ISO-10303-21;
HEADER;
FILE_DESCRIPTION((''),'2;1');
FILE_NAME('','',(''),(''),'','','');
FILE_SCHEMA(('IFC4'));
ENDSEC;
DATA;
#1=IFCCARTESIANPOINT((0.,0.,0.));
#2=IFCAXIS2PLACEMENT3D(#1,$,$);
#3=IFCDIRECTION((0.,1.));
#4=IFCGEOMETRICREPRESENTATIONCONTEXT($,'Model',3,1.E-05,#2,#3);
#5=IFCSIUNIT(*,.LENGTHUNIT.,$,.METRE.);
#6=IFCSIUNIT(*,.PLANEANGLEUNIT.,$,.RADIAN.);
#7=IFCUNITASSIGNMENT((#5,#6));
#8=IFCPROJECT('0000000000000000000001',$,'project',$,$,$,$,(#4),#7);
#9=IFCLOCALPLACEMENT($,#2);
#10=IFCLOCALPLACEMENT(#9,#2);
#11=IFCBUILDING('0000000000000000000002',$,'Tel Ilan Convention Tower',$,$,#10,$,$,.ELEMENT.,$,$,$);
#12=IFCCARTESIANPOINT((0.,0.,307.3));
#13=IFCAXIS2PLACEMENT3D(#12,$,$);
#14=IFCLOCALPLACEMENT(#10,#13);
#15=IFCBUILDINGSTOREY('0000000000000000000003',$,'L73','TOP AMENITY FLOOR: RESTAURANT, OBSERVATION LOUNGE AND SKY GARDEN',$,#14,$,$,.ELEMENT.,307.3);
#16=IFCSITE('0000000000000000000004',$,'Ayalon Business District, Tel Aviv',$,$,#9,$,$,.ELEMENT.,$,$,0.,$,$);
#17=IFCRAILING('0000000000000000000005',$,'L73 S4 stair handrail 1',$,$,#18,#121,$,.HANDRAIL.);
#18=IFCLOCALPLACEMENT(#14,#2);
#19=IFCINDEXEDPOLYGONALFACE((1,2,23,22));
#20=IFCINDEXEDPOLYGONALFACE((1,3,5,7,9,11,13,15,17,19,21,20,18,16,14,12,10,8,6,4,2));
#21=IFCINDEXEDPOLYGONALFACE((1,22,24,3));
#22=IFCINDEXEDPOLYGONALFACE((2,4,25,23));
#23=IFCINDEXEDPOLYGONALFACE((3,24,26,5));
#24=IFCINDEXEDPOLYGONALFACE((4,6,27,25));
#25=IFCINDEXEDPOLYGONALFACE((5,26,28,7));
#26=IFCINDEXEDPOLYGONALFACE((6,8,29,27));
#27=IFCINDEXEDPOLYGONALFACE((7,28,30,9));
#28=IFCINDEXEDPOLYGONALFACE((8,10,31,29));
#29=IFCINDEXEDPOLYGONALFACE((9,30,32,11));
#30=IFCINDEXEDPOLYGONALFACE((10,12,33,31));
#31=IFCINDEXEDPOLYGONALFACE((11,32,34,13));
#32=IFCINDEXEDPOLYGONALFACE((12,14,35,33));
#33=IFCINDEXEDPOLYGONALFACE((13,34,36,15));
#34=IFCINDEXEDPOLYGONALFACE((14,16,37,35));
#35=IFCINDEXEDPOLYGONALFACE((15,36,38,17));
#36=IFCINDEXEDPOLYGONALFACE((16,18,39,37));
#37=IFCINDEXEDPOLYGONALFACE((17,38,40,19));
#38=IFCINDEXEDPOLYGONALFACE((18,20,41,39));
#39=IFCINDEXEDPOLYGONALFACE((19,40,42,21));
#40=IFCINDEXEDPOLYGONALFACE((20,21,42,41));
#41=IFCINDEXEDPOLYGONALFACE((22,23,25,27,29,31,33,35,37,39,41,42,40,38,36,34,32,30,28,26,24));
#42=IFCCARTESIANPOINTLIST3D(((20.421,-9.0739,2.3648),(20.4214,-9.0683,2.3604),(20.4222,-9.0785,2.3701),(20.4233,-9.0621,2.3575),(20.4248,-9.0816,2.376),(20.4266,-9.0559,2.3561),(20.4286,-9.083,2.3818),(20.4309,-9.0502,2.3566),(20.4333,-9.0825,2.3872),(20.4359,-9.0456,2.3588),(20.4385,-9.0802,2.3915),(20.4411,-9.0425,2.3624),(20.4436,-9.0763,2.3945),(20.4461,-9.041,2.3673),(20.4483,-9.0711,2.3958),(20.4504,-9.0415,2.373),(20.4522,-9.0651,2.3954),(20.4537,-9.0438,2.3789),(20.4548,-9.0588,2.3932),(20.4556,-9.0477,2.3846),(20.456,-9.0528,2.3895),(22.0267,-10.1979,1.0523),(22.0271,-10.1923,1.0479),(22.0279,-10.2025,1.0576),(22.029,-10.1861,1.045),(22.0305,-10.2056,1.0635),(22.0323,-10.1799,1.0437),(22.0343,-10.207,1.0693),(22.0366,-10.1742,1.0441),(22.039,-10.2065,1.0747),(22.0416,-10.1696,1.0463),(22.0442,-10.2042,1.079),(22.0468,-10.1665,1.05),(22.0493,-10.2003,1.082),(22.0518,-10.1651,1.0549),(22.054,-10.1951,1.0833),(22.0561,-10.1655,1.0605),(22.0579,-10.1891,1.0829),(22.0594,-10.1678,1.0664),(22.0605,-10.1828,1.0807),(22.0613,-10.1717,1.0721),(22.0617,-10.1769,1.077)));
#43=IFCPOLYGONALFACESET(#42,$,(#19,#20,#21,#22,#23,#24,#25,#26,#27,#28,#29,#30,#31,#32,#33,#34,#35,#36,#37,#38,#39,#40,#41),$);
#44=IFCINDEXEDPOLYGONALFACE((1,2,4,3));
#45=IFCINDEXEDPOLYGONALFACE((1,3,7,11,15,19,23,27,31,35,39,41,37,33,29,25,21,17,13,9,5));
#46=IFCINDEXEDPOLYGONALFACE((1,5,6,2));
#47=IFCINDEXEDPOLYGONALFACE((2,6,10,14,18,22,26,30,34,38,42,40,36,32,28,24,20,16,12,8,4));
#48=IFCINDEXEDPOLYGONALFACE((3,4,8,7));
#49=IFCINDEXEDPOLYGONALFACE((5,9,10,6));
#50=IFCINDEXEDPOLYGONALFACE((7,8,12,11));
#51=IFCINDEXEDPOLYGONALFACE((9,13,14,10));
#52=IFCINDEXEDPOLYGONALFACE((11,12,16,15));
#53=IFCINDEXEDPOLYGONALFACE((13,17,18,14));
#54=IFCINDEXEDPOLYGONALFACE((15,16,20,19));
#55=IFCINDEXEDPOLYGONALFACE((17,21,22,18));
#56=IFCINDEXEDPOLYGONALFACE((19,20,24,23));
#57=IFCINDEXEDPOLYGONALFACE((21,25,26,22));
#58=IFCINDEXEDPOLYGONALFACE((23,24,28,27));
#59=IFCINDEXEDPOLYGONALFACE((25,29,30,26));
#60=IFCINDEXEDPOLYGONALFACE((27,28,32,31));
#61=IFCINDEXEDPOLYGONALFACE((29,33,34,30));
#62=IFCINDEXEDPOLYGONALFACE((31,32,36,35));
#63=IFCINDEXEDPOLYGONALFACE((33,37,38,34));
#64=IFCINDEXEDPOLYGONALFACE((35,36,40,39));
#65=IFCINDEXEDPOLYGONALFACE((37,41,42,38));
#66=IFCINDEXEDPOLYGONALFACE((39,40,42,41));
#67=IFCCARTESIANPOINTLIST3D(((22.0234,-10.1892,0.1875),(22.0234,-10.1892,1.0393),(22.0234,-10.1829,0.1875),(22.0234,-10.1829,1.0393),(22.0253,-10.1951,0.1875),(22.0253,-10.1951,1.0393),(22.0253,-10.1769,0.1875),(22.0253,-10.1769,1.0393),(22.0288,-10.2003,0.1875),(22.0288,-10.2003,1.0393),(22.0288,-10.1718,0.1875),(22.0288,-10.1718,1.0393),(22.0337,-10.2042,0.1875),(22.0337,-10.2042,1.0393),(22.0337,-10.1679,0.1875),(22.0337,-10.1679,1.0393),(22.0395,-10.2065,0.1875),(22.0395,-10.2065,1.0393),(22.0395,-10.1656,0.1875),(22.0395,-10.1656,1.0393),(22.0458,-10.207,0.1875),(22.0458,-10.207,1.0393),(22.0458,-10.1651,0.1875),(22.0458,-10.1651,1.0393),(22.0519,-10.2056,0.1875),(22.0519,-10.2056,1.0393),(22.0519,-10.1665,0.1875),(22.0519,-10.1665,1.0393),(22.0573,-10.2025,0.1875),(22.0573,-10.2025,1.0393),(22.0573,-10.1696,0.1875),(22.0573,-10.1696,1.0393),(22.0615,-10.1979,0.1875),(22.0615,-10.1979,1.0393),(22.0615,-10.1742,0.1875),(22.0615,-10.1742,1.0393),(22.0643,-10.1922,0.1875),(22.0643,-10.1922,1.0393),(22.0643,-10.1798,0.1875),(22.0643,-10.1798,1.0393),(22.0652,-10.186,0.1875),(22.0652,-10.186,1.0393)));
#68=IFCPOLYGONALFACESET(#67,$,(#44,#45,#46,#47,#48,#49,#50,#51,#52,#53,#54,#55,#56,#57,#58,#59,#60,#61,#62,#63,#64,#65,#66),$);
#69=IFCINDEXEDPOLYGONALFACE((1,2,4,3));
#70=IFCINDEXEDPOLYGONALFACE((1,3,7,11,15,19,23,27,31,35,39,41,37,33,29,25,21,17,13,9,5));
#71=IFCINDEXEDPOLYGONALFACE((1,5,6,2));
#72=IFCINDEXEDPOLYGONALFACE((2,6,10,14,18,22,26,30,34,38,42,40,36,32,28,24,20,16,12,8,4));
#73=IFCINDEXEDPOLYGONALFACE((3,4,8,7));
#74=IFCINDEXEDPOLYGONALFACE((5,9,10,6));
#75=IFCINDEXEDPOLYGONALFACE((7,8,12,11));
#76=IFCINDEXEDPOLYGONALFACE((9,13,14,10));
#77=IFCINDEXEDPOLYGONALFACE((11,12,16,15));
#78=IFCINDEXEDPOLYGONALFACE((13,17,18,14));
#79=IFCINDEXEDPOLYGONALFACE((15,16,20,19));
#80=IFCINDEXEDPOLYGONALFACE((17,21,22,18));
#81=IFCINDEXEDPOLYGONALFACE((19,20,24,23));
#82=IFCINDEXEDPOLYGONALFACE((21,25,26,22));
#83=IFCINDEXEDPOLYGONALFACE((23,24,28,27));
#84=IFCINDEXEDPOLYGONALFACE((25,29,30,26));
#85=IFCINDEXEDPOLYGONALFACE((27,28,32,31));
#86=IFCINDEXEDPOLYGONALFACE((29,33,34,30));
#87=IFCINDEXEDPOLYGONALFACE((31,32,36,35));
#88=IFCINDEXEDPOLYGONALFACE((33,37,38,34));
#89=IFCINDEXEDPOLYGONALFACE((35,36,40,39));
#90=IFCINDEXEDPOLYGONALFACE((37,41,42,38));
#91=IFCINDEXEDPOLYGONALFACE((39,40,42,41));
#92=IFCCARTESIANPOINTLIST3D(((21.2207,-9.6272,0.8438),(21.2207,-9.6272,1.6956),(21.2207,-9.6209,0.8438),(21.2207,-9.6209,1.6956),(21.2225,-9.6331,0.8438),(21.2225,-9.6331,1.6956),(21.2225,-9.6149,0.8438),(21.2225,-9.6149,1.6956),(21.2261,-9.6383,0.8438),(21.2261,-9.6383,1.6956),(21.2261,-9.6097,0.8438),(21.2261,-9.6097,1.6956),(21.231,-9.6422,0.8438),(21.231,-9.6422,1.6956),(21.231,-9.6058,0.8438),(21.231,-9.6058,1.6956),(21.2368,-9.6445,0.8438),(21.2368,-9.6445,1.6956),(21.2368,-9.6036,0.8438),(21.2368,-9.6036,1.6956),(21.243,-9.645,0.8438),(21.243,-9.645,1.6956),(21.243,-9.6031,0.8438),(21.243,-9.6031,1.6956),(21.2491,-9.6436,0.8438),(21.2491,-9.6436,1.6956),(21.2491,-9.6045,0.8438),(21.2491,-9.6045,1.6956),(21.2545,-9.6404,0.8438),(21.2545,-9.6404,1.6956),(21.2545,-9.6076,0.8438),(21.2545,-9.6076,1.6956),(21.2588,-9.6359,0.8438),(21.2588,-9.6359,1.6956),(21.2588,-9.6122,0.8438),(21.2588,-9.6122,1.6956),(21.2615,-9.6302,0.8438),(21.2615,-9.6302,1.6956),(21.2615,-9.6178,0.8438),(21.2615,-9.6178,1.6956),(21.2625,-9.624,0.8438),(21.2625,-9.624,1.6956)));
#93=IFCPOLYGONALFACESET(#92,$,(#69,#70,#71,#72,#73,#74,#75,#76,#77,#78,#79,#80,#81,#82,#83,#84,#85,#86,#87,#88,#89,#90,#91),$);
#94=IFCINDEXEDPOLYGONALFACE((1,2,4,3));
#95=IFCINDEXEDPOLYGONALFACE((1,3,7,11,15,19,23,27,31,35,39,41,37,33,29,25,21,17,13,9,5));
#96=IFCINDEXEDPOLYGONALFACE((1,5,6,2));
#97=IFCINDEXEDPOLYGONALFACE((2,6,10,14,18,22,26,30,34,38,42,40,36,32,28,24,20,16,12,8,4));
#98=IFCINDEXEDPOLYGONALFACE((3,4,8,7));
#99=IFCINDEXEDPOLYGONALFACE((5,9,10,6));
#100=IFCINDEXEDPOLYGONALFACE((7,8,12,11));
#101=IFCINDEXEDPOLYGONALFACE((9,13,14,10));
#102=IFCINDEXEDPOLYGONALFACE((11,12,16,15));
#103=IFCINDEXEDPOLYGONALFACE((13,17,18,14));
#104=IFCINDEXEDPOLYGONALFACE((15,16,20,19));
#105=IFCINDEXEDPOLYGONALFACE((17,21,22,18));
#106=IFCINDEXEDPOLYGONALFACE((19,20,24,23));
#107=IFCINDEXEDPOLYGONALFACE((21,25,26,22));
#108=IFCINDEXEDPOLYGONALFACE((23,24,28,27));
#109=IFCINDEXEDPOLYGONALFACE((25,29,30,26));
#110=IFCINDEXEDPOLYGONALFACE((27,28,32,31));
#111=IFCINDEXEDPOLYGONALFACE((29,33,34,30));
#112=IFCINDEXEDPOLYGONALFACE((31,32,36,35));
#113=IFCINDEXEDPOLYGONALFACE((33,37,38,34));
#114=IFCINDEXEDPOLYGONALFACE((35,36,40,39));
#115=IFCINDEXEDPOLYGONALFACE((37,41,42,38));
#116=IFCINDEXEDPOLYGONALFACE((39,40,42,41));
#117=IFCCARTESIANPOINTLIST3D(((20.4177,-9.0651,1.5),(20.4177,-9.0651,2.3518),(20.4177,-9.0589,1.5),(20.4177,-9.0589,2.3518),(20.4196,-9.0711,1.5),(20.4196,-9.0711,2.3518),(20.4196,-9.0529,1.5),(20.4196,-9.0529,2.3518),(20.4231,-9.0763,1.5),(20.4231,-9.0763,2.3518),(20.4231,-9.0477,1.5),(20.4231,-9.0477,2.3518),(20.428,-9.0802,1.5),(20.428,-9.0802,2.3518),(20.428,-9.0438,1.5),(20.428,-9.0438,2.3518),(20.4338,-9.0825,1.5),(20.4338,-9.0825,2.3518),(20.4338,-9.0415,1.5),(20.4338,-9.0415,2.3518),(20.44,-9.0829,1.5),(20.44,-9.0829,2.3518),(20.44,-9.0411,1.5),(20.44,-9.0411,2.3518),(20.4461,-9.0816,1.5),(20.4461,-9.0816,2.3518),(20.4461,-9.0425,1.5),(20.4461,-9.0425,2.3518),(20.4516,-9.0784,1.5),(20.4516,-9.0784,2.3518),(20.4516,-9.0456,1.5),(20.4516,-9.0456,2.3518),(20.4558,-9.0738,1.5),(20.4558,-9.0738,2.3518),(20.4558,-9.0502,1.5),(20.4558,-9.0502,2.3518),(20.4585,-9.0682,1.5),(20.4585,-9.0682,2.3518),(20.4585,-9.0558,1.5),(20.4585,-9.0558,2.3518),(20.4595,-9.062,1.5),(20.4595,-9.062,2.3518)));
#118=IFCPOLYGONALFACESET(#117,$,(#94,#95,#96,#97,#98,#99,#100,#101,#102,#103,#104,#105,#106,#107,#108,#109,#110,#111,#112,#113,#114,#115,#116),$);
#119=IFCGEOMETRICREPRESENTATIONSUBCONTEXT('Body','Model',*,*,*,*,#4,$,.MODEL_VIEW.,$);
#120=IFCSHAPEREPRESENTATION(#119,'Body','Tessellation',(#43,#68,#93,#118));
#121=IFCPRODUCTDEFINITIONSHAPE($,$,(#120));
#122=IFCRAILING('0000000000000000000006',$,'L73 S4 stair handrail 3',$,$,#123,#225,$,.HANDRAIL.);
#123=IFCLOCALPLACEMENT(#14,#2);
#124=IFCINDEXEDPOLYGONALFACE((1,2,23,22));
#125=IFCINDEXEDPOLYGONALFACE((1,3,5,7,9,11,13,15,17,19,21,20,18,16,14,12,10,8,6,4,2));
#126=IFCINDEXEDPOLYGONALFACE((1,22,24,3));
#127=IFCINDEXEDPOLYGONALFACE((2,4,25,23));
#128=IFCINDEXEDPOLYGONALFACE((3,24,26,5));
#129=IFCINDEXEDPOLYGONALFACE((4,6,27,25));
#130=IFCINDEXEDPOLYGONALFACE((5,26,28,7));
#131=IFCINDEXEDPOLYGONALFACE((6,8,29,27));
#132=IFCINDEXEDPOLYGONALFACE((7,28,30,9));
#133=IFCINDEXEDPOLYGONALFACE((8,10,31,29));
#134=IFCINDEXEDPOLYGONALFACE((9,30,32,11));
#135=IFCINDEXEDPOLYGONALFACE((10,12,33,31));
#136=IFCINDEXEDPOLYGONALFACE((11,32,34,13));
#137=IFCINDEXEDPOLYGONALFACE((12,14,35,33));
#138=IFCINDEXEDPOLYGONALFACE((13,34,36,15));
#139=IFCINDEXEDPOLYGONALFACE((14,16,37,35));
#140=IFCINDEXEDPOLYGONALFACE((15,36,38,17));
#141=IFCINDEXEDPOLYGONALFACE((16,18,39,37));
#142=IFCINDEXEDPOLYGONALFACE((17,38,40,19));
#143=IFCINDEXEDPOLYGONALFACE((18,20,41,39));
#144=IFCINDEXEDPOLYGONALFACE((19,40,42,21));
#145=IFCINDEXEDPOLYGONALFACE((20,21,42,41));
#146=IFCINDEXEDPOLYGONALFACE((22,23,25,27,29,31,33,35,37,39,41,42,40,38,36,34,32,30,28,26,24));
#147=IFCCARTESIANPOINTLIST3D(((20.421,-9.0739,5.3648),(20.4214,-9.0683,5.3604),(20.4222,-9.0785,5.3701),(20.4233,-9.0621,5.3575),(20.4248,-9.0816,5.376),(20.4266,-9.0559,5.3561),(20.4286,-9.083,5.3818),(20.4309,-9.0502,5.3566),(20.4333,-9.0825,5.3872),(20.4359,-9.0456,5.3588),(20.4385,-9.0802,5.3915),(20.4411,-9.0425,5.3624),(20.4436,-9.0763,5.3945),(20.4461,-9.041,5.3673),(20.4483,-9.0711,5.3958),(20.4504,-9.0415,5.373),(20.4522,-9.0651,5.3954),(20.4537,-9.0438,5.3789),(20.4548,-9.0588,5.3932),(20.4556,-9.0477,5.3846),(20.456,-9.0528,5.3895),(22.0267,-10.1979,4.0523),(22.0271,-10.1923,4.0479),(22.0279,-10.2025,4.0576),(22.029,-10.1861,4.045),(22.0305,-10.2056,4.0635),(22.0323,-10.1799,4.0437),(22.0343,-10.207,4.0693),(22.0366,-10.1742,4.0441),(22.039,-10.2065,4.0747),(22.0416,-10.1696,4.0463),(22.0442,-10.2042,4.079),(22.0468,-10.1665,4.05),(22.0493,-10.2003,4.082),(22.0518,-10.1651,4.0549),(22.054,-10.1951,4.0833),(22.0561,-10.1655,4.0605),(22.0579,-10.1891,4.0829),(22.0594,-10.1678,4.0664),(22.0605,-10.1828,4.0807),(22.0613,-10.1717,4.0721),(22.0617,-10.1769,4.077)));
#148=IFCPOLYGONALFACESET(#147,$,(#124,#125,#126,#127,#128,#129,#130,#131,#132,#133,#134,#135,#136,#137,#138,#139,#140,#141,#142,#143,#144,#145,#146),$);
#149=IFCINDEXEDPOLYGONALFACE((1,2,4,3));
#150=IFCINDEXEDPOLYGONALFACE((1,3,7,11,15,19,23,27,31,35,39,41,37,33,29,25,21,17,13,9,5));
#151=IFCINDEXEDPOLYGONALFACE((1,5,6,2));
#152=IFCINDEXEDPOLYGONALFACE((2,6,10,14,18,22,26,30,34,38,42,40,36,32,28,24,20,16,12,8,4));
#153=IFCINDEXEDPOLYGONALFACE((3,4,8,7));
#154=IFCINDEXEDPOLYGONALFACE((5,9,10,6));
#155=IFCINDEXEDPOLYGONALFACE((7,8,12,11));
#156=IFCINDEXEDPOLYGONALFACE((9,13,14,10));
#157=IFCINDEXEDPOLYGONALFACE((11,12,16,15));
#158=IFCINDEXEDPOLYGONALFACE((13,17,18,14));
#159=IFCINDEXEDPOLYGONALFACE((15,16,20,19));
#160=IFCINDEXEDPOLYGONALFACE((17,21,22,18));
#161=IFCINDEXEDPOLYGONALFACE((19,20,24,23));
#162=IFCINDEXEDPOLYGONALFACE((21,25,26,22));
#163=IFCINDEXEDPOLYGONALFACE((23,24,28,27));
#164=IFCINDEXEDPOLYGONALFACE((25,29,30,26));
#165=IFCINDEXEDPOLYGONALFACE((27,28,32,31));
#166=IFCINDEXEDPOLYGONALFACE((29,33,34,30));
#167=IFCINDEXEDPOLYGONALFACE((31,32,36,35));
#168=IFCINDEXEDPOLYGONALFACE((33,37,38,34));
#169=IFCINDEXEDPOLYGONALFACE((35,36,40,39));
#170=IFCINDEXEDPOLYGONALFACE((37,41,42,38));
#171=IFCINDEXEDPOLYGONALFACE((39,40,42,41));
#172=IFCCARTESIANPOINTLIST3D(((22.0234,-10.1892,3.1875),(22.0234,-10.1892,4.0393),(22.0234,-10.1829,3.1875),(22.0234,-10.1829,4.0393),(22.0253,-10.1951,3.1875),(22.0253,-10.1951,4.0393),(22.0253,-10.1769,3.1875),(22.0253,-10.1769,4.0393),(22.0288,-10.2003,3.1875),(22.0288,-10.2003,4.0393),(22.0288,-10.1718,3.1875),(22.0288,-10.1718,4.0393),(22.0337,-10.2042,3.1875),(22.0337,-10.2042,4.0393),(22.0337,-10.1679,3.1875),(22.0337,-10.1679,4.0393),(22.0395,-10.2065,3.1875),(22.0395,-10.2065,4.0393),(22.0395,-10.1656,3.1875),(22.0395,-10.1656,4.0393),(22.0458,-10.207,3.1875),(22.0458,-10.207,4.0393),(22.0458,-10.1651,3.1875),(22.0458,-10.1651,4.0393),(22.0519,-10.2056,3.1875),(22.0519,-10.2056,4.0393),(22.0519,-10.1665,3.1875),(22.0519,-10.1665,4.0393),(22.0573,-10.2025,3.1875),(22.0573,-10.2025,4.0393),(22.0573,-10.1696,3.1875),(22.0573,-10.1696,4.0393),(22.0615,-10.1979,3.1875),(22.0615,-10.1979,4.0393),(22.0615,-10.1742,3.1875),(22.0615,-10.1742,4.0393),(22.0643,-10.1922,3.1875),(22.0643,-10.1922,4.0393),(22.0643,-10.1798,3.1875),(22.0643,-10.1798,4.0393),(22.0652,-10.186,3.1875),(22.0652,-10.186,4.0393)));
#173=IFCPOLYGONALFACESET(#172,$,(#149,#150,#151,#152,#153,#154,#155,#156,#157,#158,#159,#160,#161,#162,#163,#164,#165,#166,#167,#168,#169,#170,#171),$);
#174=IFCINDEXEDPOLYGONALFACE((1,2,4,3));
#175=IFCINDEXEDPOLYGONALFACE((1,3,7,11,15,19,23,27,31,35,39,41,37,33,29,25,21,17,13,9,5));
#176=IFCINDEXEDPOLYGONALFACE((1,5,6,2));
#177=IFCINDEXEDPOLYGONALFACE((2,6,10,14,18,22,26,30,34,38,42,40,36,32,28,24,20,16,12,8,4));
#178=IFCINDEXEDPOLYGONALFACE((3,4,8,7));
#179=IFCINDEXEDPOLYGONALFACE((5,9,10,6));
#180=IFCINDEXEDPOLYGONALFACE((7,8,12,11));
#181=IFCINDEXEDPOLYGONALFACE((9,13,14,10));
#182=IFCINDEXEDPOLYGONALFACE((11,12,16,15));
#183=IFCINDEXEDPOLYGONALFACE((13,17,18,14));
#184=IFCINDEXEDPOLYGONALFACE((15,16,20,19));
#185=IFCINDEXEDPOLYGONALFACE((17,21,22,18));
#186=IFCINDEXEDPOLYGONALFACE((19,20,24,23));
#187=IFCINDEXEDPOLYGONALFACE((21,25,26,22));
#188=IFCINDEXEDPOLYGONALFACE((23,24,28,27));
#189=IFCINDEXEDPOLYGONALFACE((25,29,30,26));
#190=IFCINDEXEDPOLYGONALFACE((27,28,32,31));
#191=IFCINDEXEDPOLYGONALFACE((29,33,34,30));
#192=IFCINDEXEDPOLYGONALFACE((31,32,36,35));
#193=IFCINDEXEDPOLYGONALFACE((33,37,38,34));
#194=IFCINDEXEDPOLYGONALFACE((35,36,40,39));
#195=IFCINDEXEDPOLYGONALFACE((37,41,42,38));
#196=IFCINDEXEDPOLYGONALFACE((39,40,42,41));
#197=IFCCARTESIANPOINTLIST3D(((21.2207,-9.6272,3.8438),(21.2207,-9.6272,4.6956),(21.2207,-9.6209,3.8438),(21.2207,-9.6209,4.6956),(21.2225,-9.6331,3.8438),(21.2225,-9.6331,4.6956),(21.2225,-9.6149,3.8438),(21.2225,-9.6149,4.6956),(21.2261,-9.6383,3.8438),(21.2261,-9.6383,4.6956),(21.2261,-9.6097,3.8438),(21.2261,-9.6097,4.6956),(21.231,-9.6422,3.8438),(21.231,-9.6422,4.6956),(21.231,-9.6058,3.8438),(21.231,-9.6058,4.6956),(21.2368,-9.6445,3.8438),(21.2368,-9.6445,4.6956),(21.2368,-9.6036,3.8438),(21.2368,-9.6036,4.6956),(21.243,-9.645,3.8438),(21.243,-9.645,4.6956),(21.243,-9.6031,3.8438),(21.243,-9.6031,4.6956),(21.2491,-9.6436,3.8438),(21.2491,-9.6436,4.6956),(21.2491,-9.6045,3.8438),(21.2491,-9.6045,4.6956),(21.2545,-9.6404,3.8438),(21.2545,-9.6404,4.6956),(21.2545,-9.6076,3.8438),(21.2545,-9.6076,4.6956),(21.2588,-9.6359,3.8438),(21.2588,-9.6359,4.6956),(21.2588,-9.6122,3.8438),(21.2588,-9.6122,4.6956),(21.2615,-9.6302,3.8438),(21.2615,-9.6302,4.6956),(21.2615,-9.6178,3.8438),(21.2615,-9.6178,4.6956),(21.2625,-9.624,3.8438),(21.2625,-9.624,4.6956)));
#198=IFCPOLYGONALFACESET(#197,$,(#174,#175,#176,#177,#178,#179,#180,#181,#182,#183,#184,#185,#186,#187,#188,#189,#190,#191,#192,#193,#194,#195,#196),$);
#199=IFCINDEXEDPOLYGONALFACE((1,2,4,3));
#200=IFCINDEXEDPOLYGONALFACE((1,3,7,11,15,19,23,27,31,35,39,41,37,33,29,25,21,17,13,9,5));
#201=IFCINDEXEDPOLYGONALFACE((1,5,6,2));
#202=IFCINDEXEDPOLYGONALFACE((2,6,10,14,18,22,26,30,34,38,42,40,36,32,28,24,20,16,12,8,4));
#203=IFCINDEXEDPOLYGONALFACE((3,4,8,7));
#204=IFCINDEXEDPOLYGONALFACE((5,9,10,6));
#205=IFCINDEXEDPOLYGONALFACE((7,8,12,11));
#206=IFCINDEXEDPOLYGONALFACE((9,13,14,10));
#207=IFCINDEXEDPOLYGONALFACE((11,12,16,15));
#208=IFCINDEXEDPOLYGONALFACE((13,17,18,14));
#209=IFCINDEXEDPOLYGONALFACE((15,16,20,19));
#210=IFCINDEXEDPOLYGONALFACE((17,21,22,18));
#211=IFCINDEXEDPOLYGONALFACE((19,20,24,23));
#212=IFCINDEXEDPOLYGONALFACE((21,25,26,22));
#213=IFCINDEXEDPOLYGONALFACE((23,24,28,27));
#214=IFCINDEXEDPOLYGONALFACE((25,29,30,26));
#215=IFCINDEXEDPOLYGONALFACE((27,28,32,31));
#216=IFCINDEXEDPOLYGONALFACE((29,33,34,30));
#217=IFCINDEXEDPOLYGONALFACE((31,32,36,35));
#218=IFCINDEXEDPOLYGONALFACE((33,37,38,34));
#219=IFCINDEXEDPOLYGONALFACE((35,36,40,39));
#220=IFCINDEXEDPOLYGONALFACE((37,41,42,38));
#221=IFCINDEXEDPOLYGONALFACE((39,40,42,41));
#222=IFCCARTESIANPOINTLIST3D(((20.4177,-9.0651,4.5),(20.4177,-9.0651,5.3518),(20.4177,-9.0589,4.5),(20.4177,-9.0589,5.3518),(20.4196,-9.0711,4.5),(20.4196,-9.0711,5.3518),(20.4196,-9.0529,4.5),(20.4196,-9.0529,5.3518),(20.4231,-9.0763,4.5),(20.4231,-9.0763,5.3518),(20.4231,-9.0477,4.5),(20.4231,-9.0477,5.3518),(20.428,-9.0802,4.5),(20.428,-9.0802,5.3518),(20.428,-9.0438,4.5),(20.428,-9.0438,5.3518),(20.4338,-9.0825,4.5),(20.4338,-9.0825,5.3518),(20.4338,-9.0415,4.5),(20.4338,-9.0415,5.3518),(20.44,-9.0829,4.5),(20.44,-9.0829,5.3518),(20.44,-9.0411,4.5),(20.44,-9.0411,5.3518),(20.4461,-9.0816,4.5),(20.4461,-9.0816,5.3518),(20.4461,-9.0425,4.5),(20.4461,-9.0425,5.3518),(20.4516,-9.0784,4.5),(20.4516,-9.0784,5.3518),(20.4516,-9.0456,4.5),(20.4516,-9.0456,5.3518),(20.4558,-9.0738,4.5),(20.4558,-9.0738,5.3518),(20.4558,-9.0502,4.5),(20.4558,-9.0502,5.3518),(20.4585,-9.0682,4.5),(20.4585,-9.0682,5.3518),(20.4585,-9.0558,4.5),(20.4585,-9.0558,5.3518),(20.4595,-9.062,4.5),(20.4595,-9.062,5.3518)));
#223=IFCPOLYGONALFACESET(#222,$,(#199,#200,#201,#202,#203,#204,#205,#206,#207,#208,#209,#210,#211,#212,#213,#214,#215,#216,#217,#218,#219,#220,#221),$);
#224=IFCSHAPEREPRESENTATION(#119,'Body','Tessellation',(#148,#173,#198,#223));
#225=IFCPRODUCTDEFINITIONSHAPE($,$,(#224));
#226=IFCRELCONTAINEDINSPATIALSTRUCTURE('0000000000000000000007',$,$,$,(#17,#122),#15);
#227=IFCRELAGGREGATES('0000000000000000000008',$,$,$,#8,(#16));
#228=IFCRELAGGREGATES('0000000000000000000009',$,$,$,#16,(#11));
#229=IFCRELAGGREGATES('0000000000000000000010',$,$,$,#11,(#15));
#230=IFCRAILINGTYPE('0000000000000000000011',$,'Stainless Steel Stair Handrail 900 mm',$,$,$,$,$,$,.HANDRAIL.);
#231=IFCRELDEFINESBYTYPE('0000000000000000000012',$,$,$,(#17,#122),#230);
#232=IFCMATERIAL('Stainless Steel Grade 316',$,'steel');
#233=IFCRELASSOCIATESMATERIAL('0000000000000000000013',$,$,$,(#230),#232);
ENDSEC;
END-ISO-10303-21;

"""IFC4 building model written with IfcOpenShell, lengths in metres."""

from ifc_helpers import new_model, si_unit, direction, frame, origin, origin_2d, place, context, subcontext, project, spatial, circle, extrude, material, type_object, element, save


model = new_model("IFC4")

# Units and contexts
model_context = context("Model", 3, precision=1e-05, world=origin(), true_north=direction((0.0, 1.0)))
body_context = subcontext(model_context, "Body", "Model", "MODEL_VIEW")
ifc_project = project(units=[si_unit("LENGTHUNIT", "METRE"), si_unit("PLANEANGLEUNIT", "RADIAN")], contexts=[model_context])

# Site, building, storey
site_placement = place(None, origin())
site = spatial("IfcSite", under=ifc_project, at=site_placement, Name="Ayalon Business District, Tel Aviv", CompositionType="ELEMENT", RefElevation=0.0)
building_placement = place(site_placement, origin())
building = spatial("IfcBuilding", under=site, at=building_placement, Name="Tel Ilan Convention Tower", CompositionType="ELEMENT")
storey_placement = place(building_placement, frame((0.0, 0.0, 307.3)))
storey = spatial("IfcBuildingStorey", under=building, at=storey_placement, Name="L73", Description="TOP AMENITY FLOOR: RESTAURANT, OBSERVATION LOUNGE AND SKY GARDEN", CompositionType="ELEMENT", Elevation=307.3)

# Railings
ifc_material_1 = material(Name="Stainless Steel Grade 316", Category="steel")
railing_type_1 = type_object("IfcRailingType", Name="Stainless Steel Stair Handrail 900 mm", PredefinedType="HANDRAIL", material=ifc_material_1)
for number, where, name in (
    (1, (22.0442, -10.186, 0.1875), "L73 S4 stair handrail 1"),
    (2, (22.0442, -10.186, 3.1875), "L73 S4 stair handrail 3"),
):
    element("IfcRailing", number, at=place(storey_placement, frame(where)), inside=storey, type_object=railing_type_1, Name=name, PredefinedType="HANDRAIL", context=body_context, shape_type="SweptSolid", body=[
        extrude(circle(Radius=0.0239, at=origin_2d()), frame((0.0, 0.0, 0.876), z_axis=(-0.680705, 0.476504, 0.556404), x_axis=(-0.573471, -0.819226, 0.0)), (0.0, 0.0, 1.0), 2.3589),
        extrude(circle(Radius=0.021, at=origin_2d()), origin(), (0.0, 0.0, 1.0), 0.8518),
        extrude(circle(Radius=0.021, at=origin_2d()), frame((-0.8027, 0.562, 0.6562)), (0.0, 0.0, 1.0), 0.8518),
        extrude(circle(Radius=0.021, at=origin_2d()), frame((-1.6057, 1.124, 1.3125)), (0.0, 0.0, 1.0), 0.8518),
    ])

save(model, "model.ifc")
